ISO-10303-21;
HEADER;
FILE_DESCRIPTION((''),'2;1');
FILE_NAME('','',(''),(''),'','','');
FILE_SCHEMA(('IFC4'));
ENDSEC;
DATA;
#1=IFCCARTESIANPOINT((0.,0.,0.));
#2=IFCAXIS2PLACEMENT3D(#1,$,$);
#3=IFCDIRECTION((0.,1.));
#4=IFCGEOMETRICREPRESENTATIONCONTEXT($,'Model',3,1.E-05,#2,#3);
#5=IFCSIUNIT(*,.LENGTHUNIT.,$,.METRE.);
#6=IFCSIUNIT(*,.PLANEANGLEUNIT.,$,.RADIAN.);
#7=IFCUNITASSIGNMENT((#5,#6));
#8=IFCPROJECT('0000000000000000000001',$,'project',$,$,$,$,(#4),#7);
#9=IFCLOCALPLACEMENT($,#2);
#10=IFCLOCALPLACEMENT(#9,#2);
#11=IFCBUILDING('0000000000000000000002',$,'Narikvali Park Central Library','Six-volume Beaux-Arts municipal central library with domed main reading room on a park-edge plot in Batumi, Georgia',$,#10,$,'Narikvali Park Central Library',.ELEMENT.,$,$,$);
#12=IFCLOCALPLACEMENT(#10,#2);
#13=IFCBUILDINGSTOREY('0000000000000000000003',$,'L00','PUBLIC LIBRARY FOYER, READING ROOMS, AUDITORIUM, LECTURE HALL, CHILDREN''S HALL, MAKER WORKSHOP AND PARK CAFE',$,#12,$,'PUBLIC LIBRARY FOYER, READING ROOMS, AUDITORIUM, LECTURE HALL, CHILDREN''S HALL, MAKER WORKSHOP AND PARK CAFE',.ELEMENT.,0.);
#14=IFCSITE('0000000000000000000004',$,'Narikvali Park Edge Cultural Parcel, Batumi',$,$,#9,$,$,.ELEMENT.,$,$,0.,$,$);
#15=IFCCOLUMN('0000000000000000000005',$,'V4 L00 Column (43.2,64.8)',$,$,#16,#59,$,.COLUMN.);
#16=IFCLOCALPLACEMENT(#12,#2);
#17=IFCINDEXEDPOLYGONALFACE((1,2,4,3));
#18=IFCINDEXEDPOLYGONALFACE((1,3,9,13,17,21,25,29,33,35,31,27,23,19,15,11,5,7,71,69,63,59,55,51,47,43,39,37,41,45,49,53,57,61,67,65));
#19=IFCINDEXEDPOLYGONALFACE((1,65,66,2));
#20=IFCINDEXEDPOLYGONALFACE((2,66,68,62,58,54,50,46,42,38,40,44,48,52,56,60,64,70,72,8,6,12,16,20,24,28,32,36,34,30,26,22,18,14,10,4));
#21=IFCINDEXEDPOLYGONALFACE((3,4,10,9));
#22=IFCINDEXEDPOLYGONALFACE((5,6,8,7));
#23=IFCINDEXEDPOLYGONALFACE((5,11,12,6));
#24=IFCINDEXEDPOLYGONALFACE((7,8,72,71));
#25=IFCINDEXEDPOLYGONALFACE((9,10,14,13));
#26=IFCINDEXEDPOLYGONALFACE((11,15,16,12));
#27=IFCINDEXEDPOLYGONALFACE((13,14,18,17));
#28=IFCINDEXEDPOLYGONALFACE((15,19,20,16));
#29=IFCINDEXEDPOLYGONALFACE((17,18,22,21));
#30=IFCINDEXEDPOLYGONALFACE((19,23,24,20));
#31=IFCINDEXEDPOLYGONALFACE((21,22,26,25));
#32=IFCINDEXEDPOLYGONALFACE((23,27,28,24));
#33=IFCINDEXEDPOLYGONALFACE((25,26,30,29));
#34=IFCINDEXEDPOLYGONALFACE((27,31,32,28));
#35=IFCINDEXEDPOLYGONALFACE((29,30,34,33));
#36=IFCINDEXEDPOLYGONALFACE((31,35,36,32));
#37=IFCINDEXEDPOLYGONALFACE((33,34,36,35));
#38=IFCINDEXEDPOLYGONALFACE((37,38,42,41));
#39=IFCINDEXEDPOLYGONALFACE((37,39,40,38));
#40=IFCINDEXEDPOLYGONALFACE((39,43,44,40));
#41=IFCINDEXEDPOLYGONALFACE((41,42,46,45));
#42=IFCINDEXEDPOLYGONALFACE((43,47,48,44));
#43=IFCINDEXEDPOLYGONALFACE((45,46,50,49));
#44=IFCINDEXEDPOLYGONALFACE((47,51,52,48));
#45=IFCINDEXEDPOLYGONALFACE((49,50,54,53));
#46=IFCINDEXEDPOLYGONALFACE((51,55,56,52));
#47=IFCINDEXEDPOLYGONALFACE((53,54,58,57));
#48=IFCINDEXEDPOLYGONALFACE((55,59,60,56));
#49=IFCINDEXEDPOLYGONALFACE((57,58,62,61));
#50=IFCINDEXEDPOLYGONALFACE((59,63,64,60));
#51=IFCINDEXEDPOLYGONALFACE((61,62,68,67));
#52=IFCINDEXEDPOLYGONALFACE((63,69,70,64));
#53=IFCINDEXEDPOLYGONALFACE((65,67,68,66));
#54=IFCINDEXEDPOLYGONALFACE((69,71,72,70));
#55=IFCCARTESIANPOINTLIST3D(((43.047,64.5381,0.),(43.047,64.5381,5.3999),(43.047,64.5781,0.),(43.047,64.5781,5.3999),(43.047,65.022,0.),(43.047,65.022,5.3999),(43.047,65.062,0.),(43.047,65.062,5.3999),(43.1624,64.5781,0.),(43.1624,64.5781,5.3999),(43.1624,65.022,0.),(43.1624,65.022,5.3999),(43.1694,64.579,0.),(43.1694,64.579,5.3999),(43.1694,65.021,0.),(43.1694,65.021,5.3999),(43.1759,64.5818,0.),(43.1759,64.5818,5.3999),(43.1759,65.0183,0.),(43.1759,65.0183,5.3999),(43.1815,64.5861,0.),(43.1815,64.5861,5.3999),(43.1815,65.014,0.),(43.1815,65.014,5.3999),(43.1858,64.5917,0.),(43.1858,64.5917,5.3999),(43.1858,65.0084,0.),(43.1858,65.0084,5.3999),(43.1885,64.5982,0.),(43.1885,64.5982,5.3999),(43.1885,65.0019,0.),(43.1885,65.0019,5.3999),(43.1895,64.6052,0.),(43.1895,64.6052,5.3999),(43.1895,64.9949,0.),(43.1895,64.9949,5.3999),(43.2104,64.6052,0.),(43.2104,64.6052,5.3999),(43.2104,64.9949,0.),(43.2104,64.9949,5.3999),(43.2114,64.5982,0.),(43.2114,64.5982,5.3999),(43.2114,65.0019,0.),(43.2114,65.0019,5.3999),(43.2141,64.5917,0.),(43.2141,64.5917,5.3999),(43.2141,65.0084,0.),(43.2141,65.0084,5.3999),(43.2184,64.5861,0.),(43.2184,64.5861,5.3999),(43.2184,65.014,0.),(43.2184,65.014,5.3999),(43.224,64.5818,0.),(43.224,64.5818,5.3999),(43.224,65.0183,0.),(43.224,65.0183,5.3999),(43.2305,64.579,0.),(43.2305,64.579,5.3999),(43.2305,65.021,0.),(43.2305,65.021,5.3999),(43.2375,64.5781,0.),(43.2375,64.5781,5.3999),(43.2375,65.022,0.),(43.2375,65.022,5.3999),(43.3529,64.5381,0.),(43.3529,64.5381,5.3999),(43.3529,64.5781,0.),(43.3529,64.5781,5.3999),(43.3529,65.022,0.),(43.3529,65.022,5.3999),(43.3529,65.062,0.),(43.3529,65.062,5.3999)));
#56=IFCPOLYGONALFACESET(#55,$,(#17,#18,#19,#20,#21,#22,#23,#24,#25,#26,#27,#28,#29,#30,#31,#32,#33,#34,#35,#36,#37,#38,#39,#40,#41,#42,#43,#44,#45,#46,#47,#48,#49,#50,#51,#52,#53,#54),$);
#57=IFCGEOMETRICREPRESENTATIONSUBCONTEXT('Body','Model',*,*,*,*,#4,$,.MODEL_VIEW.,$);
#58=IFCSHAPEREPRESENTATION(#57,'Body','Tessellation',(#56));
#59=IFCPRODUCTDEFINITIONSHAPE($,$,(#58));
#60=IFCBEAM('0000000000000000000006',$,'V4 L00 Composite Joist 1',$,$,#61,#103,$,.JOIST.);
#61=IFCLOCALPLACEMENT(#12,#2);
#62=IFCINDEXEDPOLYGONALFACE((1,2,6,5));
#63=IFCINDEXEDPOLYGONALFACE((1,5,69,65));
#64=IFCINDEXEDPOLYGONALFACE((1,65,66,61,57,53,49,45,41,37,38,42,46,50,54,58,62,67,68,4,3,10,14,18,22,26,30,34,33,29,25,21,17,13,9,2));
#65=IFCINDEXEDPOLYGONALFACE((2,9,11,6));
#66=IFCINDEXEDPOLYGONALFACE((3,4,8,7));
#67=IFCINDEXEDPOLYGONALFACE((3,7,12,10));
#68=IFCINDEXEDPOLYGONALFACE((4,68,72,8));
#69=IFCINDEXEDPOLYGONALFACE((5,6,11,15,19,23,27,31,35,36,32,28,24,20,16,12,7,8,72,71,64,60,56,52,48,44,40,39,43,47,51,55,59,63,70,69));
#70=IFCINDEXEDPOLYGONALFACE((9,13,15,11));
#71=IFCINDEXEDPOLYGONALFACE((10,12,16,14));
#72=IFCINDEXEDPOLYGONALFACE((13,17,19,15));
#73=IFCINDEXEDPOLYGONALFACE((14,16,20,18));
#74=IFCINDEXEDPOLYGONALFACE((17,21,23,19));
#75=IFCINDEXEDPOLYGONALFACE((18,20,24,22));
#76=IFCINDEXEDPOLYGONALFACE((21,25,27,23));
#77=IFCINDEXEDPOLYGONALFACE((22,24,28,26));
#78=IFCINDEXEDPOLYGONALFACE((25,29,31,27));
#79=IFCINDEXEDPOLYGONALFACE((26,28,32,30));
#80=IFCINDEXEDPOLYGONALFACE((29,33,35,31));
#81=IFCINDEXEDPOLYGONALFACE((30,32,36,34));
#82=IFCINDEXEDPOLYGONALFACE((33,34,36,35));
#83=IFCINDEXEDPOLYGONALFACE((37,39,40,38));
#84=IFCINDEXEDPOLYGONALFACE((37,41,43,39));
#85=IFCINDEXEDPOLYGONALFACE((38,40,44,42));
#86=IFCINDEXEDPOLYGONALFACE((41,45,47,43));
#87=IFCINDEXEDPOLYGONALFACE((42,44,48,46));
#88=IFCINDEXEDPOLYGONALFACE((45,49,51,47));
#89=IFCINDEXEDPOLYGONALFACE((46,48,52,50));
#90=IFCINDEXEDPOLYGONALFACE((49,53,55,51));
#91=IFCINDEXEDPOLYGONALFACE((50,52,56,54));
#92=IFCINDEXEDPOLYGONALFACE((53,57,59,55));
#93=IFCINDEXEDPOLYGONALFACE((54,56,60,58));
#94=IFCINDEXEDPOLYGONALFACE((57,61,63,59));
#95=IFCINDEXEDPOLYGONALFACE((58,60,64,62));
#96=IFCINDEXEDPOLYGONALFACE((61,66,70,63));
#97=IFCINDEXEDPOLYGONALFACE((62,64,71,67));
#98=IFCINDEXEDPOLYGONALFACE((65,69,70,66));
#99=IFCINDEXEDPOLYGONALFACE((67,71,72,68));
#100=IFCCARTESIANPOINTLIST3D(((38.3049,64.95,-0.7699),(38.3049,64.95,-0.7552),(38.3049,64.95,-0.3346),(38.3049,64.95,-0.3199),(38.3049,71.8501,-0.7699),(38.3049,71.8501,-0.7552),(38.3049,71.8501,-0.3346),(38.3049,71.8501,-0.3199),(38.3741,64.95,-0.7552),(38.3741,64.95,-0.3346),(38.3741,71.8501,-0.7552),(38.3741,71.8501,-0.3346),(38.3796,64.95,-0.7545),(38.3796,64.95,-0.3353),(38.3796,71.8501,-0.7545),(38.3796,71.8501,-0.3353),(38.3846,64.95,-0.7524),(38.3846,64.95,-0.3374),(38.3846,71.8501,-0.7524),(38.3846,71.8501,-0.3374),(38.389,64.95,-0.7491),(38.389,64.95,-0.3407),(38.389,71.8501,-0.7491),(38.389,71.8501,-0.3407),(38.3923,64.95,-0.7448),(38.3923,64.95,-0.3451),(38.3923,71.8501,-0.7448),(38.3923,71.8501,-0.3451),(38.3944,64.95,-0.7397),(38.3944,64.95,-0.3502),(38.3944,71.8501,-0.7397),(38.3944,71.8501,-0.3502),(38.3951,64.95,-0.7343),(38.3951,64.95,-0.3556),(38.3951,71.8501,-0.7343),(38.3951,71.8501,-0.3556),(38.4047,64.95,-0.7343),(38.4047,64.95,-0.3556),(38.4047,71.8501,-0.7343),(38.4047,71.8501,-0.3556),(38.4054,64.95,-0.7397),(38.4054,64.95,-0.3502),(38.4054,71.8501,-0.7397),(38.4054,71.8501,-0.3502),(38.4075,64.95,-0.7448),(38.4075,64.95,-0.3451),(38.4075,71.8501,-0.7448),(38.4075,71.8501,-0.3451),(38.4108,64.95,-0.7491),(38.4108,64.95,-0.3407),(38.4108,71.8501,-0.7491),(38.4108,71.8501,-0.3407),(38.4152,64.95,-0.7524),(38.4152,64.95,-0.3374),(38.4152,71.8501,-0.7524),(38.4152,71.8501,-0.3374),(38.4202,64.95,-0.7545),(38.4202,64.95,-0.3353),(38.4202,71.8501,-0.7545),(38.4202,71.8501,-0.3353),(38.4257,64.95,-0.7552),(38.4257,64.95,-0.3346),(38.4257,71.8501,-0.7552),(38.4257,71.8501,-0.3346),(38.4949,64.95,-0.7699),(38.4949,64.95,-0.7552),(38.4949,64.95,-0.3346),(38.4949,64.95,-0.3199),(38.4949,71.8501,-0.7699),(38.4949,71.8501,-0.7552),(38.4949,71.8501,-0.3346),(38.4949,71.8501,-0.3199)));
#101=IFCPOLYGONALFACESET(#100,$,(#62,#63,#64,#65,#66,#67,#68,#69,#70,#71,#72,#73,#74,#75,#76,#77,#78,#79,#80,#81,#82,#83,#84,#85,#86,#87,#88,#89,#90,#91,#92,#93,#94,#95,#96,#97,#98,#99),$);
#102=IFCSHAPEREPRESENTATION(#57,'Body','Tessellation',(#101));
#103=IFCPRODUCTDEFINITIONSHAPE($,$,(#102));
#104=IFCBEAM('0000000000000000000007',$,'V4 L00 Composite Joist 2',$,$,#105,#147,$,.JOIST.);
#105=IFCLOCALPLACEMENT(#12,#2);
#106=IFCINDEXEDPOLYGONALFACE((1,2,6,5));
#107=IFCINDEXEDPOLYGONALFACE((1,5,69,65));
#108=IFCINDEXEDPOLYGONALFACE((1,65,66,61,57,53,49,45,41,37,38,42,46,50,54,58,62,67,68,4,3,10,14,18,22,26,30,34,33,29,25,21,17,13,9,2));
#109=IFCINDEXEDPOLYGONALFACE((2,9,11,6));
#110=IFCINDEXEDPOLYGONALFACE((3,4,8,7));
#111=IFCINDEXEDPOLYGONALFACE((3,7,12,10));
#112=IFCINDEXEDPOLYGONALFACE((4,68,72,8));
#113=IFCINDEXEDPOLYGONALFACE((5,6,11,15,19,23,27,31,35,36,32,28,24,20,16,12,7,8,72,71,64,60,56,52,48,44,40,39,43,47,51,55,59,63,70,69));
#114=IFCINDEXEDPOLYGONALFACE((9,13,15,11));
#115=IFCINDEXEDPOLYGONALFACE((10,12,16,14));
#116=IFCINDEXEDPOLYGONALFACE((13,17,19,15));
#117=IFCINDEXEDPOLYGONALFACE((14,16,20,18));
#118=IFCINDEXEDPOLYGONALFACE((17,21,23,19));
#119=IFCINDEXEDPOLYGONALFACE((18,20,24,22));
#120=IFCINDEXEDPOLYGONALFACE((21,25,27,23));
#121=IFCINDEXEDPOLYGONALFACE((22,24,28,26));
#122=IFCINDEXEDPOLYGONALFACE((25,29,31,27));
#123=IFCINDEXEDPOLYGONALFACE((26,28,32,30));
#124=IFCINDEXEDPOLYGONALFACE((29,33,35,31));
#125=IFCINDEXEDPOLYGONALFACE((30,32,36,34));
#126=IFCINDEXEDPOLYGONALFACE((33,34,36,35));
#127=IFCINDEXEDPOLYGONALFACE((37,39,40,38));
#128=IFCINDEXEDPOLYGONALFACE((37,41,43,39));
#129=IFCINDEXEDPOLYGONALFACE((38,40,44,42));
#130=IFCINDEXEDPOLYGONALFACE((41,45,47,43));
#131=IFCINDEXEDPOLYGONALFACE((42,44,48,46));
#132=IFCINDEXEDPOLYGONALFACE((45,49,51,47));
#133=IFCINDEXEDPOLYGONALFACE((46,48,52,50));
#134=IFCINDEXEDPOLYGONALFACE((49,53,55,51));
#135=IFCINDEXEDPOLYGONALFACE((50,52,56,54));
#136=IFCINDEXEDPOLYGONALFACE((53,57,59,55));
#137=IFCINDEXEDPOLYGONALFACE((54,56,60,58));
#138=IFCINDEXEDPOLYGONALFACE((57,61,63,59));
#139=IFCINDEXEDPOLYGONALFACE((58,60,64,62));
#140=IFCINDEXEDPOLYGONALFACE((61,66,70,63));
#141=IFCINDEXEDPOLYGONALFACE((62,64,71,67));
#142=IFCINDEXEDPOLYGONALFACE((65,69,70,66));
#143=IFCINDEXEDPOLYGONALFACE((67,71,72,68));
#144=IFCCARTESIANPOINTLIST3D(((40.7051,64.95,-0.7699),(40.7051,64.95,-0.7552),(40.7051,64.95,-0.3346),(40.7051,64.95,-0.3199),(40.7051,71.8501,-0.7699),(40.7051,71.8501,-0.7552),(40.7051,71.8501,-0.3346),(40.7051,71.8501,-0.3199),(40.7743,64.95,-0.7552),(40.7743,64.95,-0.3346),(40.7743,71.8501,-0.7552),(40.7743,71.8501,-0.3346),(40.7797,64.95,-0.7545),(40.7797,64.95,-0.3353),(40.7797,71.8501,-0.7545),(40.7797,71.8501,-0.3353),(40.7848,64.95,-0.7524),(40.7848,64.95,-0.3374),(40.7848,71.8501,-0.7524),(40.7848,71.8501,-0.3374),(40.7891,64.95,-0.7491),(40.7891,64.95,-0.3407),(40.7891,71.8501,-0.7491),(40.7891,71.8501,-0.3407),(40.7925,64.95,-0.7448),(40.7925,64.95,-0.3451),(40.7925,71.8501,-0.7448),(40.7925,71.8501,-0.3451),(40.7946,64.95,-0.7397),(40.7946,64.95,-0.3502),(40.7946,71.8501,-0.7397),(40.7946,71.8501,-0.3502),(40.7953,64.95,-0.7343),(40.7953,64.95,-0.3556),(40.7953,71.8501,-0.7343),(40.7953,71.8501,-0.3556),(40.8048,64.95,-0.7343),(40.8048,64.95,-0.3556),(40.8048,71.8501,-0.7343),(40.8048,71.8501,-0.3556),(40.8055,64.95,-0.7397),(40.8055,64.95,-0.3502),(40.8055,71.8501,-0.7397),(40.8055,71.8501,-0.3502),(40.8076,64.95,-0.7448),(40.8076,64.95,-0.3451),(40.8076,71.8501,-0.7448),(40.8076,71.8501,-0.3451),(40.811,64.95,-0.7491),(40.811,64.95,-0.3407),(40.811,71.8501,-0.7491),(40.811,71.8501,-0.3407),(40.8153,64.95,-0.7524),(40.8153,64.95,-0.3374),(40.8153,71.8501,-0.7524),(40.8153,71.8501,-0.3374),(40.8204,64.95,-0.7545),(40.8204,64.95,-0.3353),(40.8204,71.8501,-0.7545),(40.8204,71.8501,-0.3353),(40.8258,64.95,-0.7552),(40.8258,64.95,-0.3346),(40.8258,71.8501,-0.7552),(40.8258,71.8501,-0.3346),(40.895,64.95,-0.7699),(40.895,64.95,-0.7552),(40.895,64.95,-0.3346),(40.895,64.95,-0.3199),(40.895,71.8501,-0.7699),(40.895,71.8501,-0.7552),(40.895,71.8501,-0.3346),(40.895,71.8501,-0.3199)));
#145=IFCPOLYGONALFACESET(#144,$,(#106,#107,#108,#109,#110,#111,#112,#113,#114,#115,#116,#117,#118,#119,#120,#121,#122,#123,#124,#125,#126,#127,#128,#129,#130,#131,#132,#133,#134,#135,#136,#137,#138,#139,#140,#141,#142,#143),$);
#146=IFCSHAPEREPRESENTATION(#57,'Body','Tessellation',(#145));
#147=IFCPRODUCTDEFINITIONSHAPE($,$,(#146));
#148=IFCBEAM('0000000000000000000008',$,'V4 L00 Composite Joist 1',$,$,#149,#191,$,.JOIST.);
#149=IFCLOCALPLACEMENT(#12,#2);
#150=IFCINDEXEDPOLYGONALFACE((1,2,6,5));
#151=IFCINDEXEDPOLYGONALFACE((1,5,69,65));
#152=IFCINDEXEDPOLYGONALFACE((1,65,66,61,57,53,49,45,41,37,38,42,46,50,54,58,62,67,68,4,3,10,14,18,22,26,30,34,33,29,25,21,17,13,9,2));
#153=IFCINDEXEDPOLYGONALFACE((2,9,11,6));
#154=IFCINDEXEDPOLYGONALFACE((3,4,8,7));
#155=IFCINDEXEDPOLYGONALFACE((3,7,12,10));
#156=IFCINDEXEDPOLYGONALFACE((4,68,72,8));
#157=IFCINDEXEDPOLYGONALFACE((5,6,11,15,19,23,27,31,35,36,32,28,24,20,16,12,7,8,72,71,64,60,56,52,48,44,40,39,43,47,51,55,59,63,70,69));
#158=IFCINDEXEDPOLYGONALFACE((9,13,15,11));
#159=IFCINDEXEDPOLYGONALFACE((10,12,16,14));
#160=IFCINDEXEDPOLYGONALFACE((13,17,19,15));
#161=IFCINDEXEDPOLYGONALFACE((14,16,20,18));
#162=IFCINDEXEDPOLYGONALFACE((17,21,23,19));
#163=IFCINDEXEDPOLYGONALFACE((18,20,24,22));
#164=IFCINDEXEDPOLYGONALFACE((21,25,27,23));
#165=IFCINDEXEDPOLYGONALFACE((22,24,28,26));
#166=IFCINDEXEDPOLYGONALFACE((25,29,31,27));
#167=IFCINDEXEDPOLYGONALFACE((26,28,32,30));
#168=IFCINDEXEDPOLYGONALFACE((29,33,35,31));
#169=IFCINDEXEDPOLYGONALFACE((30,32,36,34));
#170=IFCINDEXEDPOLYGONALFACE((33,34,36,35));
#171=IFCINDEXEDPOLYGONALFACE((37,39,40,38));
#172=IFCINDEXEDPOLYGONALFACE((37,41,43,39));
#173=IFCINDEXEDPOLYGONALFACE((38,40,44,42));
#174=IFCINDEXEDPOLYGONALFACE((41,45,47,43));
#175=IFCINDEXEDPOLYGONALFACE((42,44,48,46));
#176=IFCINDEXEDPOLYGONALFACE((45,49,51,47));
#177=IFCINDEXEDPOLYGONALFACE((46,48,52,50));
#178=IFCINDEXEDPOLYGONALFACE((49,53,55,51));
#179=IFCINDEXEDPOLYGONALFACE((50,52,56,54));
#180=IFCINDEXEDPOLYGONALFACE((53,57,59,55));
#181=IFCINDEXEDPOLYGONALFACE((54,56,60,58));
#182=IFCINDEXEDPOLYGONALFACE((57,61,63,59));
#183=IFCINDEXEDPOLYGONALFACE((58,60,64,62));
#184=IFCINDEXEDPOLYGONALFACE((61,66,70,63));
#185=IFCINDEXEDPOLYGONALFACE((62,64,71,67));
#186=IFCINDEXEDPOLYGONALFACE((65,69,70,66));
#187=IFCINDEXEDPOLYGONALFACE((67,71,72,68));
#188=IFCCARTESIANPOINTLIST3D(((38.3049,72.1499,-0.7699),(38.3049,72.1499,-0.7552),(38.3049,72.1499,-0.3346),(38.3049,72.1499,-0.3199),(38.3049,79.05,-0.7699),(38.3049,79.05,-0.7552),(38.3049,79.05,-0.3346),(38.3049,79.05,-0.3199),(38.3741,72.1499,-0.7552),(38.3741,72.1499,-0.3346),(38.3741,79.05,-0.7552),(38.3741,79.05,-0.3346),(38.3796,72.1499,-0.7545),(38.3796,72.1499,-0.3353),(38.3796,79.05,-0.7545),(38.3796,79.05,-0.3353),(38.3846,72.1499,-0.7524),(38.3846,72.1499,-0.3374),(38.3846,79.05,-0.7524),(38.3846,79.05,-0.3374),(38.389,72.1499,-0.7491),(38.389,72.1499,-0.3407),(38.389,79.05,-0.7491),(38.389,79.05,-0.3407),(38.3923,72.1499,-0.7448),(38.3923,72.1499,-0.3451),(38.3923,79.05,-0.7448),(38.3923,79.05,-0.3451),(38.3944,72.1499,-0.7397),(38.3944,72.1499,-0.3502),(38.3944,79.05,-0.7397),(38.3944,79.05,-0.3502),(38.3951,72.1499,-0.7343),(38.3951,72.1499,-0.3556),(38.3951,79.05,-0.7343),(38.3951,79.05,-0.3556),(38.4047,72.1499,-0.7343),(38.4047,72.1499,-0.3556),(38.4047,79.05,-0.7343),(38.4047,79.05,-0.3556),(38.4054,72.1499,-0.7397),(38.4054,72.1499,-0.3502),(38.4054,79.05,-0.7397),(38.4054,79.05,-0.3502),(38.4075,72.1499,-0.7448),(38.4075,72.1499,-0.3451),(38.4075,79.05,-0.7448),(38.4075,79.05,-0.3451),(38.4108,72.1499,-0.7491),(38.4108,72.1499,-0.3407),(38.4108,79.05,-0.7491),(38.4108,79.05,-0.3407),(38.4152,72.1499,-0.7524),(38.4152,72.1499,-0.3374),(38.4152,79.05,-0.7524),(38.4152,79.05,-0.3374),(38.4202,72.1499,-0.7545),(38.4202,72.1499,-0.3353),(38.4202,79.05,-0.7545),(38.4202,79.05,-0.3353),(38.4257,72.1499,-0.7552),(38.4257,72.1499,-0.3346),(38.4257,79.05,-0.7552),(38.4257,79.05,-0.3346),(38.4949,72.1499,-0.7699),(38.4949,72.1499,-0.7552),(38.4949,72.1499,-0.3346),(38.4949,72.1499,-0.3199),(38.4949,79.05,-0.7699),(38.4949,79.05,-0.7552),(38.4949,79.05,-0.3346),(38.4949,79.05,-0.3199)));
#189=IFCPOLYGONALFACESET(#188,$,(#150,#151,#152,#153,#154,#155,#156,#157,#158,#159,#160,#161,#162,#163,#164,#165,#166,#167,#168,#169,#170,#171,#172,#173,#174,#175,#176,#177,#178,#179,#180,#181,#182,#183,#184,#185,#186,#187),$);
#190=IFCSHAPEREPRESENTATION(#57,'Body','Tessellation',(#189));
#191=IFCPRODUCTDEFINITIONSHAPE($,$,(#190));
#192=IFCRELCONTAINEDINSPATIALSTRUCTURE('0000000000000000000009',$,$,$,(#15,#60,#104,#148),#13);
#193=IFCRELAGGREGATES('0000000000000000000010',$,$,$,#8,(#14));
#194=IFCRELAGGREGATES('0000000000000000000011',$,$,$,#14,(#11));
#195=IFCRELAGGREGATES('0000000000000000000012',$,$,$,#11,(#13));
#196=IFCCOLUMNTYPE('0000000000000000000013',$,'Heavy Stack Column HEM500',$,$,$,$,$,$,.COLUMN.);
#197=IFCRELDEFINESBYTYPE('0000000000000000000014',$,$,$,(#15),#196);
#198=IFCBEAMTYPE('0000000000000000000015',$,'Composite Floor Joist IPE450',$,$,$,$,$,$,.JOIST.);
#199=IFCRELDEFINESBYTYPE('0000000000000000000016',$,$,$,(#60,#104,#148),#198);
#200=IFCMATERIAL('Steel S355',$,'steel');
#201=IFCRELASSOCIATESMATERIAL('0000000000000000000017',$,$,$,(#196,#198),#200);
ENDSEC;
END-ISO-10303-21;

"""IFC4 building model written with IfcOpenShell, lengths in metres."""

from ifc_helpers import new_model, si_unit, direction, frame, origin, origin_2d, place, context, subcontext, project, spatial, i_section, extrude, material, material_profile, profile_set, type_object, element, save


model = new_model("IFC4")

# Units and contexts
model_context = context("Model", 3, precision=1e-05, world=origin(), true_north=direction((0.0, 1.0)))
body_context = subcontext(model_context, "Body", "Model", "MODEL_VIEW")
ifc_project = project(units=[si_unit("LENGTHUNIT", "METRE"), si_unit("PLANEANGLEUNIT", "RADIAN")], contexts=[model_context])

# Site, building, storey
site_placement = place(None, origin())
site = spatial("IfcSite", under=ifc_project, at=site_placement, Name="Narikvali Park Edge Cultural Parcel, Batumi", CompositionType="ELEMENT", RefElevation=0.0)
building_placement = place(site_placement, origin())
building = spatial("IfcBuilding", under=site, at=building_placement, Name="Narikvali Park Central Library", Description="Six-volume Beaux-Arts municipal central library with domed main reading room on a park-edge plot in Batumi, Georgia", LongName="Narikvali Park Central Library", CompositionType="ELEMENT")
storey_placement = place(building_placement, origin())
storey = spatial("IfcBuildingStorey", under=building, at=storey_placement, Name="L00", Description="PUBLIC LIBRARY FOYER, READING ROOMS, AUDITORIUM, LECTURE HALL, CHILDREN'S HALL, MAKER WORKSHOP AND PARK CAFE", LongName="PUBLIC LIBRARY FOYER, READING ROOMS, AUDITORIUM, LECTURE HALL, CHILDREN'S HALL, MAKER WORKSHOP AND PARK CAFE", CompositionType="ELEMENT", Elevation=0.0)

# Column
ifc_material_1 = material(Name="Steel S355", Category="steel")
ifc_material_profile_1 = material_profile(ifc_material_1, i_section(OverallWidth=0.3059, OverallDepth=0.5239, WebThickness=0.021, FlangeThickness=0.04, FilletRadius=0.0271, at=origin_2d()), Name="HEM 500")
ifc_profile_set_1 = profile_set([ifc_material_profile_1], Name="Steel S355")
column_type = type_object("IfcColumnType", Name="Heavy Stack Column HEM500", PredefinedType="COLUMN", material=ifc_profile_set_1)
column_placement = place(storey_placement, frame((43.2, 64.8, 0.0), z_axis=(0.0, 0.0, 1.0), x_axis=(1.0, 0.0, 0.0)))
element("IfcColumn", 1, at=column_placement, inside=storey, type_object=column_type, Name="V4 L00 Column (43.2,64.8)", PredefinedType="COLUMN", context=body_context, shape_type="SweptSolid", body=[
    extrude(i_section(OverallWidth=0.3059, OverallDepth=0.5239, WebThickness=0.021, FlangeThickness=0.04, FilletRadius=0.0271, at=origin_2d()), origin(), (0.0, 0.0, 1.0), 5.3999),
])

# Beams
ifc_material_profile_2 = material_profile(ifc_material_1, i_section(OverallWidth=0.1899, OverallDepth=0.45, WebThickness=0.0095, FlangeThickness=0.0146, FilletRadius=0.021, at=origin_2d()), Name="IPE 450")
ifc_profile_set_2 = profile_set([ifc_material_profile_2], Name="Steel S355")
beam_type_1 = type_object("IfcBeamType", Name="Composite Floor Joist IPE450", PredefinedType="JOIST", material=ifc_profile_set_2)
for number, where, z_axis, x_axis, name in (
    (2, (38.3999, 64.95, -0.5449), (0.0, 1.0, 0.0), (-1.0, 0.0, 0.0), "V4 L00 Composite Joist 1"),
    (3, (40.8, 64.95, -0.5449), (0.0, 1.0, 0.0), (-1.0, 0.0, 0.0), "V4 L00 Composite Joist 2"),
    (4, (38.3999, 72.1499, -0.5449), (0.0, 1.0, 0.0), (-1.0, 0.0, 0.0), "V4 L00 Composite Joist 1"),
):
    element("IfcBeam", number, at=place(storey_placement, frame(where, z_axis=z_axis, x_axis=x_axis)), inside=storey, type_object=beam_type_1, Name=name, PredefinedType="JOIST", context=body_context, shape_type="SweptSolid", body=[
        extrude(i_section(OverallWidth=0.1899, OverallDepth=0.45, WebThickness=0.0095, FlangeThickness=0.0146, FilletRadius=0.021, at=origin_2d()), origin(), (0.0, 0.0, 1.0), 6.9001),
    ])

save(model, "model.ifc")
